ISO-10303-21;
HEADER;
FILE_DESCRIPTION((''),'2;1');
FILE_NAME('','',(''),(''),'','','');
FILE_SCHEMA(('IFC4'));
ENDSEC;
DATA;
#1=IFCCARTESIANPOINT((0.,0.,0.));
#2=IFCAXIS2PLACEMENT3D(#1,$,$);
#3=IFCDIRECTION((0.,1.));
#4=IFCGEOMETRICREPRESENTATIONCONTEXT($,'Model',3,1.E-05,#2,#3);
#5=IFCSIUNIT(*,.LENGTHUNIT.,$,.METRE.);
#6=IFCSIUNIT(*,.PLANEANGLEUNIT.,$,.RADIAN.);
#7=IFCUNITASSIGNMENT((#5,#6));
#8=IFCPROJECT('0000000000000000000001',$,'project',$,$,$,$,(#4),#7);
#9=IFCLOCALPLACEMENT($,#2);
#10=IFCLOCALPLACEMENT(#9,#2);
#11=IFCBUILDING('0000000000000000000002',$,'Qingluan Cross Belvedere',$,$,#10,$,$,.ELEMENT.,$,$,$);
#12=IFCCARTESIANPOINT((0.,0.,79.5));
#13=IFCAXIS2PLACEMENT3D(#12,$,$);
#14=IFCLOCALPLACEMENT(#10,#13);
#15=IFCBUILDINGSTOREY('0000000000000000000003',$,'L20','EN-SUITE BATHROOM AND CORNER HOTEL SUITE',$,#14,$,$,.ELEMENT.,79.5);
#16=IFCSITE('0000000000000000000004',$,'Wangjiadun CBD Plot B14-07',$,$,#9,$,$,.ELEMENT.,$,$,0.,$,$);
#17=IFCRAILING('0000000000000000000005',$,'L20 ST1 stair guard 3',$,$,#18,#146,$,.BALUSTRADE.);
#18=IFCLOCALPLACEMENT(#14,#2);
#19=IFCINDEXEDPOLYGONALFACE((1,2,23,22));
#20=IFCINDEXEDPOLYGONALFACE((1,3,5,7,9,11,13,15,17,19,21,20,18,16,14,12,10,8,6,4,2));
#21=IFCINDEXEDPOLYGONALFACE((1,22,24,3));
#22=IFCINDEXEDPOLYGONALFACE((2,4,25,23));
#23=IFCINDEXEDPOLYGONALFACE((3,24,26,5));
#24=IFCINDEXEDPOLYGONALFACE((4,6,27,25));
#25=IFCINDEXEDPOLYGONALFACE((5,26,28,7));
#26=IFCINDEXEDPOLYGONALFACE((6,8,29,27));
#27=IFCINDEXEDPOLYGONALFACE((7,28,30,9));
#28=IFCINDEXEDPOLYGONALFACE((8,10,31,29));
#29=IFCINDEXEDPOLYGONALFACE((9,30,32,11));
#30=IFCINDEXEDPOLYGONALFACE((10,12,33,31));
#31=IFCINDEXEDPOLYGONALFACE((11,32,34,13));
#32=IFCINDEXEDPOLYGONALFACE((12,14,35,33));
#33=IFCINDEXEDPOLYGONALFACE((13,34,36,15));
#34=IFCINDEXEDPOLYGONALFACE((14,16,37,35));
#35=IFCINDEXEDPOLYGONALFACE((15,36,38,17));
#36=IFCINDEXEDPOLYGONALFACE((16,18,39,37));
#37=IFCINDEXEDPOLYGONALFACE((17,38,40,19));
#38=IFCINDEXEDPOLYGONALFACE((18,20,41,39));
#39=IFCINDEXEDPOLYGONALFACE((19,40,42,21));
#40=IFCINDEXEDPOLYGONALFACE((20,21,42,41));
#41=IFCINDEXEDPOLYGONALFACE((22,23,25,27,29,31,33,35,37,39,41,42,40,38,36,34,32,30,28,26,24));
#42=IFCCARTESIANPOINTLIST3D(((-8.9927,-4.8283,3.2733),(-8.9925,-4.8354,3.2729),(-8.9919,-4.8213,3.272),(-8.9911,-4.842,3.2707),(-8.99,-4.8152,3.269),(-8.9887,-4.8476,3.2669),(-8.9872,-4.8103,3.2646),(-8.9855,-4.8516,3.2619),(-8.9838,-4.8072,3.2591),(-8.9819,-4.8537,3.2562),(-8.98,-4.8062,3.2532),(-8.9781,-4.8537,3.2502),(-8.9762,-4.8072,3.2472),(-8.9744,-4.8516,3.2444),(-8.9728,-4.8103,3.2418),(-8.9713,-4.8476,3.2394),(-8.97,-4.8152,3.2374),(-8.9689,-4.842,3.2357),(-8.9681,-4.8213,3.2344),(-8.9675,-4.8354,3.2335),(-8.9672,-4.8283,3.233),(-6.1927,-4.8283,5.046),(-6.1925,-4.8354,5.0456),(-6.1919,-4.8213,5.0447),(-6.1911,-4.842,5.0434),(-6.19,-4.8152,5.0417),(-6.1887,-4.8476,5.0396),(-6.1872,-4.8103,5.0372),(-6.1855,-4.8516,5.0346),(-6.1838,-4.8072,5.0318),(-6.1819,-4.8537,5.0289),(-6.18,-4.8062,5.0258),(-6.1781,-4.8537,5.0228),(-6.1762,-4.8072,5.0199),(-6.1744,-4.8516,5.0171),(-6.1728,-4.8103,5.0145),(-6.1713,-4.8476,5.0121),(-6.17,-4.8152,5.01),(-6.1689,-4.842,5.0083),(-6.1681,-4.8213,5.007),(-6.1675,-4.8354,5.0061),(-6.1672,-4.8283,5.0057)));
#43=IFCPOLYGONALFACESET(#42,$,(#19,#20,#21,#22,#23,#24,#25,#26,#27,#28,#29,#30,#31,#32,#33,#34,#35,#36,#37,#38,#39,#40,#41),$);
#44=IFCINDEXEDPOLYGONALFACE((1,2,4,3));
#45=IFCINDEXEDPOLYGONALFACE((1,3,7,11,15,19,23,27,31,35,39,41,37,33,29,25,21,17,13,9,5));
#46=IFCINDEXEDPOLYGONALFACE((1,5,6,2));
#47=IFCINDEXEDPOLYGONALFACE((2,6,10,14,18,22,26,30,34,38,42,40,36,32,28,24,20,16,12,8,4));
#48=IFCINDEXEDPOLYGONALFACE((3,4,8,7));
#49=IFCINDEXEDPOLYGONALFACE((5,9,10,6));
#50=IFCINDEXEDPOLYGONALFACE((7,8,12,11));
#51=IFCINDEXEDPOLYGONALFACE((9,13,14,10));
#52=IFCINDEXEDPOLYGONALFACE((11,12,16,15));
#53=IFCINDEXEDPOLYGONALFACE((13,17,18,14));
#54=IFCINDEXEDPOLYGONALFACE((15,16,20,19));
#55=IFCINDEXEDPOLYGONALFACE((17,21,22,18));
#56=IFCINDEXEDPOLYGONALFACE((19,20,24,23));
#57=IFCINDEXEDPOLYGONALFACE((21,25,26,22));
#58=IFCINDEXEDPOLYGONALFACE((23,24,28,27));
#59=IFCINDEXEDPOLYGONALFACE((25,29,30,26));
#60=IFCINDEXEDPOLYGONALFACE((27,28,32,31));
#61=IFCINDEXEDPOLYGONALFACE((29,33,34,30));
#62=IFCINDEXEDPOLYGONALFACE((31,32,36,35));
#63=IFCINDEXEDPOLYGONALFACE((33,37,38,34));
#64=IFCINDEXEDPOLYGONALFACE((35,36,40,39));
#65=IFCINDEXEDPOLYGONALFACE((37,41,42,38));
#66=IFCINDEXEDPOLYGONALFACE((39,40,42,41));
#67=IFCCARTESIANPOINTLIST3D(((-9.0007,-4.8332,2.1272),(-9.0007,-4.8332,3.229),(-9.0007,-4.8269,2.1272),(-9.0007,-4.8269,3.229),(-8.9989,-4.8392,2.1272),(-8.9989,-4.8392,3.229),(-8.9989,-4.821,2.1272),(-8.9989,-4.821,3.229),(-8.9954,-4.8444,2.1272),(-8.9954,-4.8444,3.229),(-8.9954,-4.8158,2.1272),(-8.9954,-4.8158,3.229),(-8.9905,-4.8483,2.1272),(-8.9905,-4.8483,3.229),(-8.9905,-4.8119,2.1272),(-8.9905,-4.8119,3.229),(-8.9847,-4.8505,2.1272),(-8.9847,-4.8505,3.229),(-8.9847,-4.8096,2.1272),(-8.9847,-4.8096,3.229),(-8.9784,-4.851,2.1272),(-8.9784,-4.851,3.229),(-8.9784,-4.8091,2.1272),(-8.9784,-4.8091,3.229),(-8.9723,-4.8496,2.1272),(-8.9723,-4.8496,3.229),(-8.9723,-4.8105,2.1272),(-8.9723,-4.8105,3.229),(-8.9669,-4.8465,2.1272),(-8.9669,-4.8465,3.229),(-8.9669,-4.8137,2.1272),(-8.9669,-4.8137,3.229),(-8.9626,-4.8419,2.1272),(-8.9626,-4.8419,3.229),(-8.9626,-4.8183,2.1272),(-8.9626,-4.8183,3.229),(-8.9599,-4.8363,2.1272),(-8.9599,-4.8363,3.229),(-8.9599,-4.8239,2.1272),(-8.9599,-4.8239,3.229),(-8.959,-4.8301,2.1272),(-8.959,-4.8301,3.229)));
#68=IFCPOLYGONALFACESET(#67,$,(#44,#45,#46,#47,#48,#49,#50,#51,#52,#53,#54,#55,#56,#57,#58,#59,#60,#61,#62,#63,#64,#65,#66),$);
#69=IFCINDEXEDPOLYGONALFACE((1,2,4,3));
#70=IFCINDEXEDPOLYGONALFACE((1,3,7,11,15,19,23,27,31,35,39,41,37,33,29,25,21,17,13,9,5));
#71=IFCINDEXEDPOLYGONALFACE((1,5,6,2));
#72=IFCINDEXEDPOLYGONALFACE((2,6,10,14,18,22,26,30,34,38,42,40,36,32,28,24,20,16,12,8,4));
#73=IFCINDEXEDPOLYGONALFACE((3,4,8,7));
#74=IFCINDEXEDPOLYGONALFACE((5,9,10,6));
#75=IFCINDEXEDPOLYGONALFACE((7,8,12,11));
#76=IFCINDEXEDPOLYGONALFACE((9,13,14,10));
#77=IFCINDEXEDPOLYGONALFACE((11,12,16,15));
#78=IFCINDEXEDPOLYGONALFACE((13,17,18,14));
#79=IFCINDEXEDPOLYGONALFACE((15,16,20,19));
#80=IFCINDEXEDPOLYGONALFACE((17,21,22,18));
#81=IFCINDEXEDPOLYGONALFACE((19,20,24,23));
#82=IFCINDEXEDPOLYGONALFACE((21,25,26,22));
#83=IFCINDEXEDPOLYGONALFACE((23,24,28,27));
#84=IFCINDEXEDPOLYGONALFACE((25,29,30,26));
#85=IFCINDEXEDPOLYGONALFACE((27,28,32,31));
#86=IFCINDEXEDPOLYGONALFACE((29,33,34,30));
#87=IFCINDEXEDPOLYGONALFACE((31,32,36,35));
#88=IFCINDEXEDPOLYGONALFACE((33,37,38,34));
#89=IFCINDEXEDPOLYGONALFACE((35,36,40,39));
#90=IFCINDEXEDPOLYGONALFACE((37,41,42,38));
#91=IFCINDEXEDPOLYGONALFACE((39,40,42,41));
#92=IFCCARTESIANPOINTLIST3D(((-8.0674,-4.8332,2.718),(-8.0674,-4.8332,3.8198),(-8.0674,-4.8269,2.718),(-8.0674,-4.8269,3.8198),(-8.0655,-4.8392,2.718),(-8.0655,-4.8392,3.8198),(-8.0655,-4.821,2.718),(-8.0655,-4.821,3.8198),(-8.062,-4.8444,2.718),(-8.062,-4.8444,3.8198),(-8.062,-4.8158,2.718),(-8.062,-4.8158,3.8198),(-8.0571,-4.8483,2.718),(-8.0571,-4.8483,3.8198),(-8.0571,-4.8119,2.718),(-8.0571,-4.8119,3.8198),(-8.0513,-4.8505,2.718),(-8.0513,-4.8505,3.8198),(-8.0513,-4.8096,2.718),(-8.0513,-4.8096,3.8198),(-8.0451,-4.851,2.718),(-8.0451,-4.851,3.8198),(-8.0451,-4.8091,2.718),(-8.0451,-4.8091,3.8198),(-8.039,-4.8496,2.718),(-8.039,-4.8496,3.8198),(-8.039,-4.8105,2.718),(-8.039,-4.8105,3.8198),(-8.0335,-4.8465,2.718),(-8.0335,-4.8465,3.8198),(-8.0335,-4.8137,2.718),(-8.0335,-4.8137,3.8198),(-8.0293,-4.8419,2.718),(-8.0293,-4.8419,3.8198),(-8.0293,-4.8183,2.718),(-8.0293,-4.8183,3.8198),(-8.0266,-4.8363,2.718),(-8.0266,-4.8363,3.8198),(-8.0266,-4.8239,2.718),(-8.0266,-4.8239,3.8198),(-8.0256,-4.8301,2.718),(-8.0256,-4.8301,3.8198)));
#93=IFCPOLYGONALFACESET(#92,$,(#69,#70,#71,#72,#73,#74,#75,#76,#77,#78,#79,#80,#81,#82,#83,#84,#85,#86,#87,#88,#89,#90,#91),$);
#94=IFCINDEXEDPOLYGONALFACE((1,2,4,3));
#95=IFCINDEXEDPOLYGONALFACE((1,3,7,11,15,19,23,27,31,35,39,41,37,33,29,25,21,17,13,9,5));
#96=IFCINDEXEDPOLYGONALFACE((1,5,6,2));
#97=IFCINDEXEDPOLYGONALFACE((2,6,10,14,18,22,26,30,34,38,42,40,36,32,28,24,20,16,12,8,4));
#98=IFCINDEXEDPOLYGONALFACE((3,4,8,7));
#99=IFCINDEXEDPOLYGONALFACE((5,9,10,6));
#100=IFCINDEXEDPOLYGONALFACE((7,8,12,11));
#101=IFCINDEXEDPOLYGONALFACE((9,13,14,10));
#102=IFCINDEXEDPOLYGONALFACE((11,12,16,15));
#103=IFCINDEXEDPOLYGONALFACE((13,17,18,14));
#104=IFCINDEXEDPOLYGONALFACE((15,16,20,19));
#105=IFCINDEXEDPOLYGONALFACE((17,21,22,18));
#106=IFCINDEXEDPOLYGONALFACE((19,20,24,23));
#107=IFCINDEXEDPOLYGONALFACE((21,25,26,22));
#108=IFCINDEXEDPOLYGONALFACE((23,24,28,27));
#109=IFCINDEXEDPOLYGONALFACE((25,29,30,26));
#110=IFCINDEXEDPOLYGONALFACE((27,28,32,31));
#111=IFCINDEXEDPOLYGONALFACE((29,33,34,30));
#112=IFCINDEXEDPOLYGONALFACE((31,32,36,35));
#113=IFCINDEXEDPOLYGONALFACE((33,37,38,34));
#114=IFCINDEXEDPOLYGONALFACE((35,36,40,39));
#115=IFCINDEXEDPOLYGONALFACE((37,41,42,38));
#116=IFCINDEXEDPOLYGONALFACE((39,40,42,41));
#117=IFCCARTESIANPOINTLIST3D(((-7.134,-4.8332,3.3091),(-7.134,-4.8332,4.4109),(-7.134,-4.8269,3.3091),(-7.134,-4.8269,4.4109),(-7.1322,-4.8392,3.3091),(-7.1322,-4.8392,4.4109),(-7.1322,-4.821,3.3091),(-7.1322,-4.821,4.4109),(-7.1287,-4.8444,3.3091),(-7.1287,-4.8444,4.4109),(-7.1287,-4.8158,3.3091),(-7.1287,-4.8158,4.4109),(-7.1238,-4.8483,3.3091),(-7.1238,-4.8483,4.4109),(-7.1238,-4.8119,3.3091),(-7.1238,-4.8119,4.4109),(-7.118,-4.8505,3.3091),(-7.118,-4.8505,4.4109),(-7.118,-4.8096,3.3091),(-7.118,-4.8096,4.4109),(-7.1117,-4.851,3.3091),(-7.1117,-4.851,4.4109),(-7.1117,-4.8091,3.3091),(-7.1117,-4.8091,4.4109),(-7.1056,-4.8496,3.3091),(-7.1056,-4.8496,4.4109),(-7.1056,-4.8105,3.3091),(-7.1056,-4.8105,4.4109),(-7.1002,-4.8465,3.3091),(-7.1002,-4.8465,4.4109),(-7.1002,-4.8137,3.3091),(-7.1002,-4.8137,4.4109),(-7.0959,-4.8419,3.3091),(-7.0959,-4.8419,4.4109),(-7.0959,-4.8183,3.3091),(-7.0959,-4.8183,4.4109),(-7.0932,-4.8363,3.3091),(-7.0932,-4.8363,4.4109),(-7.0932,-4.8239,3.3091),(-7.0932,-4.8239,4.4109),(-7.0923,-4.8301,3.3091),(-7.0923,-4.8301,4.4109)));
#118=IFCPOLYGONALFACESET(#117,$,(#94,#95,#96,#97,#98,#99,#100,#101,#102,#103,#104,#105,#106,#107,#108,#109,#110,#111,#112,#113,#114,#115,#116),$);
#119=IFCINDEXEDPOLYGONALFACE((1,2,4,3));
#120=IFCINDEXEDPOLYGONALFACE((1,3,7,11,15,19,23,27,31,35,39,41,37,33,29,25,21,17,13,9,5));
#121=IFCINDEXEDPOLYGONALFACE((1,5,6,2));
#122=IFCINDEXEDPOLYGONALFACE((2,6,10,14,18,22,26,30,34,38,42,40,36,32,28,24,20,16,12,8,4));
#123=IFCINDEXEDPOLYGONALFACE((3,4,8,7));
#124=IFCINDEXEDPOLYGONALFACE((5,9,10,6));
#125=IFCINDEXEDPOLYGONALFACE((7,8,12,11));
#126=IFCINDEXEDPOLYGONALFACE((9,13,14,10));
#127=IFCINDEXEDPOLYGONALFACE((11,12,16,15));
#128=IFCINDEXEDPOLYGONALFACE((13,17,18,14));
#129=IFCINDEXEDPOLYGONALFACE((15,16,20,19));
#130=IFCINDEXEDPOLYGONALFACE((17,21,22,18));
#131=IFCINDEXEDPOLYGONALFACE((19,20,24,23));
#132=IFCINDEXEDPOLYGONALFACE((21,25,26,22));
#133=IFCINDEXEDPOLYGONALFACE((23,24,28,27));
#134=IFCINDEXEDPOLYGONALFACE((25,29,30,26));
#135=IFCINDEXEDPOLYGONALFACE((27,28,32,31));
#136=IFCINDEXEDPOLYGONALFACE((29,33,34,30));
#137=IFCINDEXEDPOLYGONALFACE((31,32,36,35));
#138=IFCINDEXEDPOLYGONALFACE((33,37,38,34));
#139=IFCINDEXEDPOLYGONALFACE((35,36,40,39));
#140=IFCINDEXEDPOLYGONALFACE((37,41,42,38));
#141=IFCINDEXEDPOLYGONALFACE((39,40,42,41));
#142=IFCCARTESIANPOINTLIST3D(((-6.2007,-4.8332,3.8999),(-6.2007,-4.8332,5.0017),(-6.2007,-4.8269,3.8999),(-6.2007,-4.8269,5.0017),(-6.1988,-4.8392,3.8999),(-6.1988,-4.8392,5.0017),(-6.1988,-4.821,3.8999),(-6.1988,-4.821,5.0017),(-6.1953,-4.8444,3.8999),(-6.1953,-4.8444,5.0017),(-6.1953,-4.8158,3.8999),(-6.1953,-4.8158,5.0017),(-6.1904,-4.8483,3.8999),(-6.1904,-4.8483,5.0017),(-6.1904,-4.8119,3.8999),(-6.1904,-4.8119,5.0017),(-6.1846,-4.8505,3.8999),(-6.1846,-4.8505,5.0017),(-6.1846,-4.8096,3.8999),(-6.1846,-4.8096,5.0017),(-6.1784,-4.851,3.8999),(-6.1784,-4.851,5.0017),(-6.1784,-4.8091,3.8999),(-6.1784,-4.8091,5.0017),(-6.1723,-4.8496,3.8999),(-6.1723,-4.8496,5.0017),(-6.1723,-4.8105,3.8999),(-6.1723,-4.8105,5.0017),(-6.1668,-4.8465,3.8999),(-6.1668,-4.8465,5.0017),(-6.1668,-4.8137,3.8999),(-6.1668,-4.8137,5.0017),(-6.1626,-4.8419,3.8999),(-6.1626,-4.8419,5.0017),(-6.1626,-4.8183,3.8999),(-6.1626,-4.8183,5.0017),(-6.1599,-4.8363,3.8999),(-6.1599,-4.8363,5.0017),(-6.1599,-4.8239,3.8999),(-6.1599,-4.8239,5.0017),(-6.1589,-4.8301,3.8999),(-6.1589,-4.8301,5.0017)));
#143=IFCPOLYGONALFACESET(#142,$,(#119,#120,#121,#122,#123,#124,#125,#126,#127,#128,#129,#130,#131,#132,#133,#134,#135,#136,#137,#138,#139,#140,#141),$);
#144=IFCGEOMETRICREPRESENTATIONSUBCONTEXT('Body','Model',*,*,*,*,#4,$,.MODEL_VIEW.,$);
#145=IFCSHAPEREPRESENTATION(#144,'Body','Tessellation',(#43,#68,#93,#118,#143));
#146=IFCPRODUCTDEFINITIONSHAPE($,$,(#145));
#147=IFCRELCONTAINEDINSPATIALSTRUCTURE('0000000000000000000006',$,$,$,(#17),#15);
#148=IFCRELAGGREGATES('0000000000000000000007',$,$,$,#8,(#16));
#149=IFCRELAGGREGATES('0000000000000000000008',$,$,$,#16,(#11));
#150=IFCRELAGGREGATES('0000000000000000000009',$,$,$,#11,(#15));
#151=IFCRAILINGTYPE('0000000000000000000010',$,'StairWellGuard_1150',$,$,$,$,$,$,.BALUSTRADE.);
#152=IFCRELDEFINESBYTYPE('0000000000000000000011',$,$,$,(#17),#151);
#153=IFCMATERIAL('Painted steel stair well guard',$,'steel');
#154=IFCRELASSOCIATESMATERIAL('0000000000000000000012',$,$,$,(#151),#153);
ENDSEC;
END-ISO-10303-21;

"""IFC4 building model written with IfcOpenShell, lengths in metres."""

from ifc_helpers import new_model, si_unit, direction, frame, origin, origin_2d, place, context, subcontext, project, spatial, circle, extrude, material, type_object, element, save


model = new_model("IFC4")

# Units and contexts
model_context = context("Model", 3, precision=1e-05, world=origin(), true_north=direction((0.0, 1.0)))
body_context = subcontext(model_context, "Body", "Model", "MODEL_VIEW")
ifc_project = project(units=[si_unit("LENGTHUNIT", "METRE"), si_unit("PLANEANGLEUNIT", "RADIAN")], contexts=[model_context])

# Site, building, storey
site_placement = place(None, origin())
site = spatial("IfcSite", under=ifc_project, at=site_placement, Name="Wangjiadun CBD Plot B14-07", CompositionType="ELEMENT", RefElevation=0.0)
building_placement = place(site_placement, origin())
building = spatial("IfcBuilding", under=site, at=building_placement, Name="Qingluan Cross Belvedere", CompositionType="ELEMENT")
storey_placement = place(building_placement, frame((0.0, 0.0, 79.5)))
storey = spatial("IfcBuildingStorey", under=building, at=storey_placement, Name="L20", Description="EN-SUITE BATHROOM AND CORNER HOTEL SUITE", CompositionType="ELEMENT", Elevation=79.5)

# Railing
ifc_material_1 = material(Name="Painted steel stair well guard", Category="steel")
railing_type_1 = type_object("IfcRailingType", Name="StairWellGuard_1150", PredefinedType="BALUSTRADE", material=ifc_material_1)
railing_1_placement = place(storey_placement, frame((-8.98, -4.8301, 2.1272)))
element("IfcRailing", 1, at=railing_1_placement, inside=storey, type_object=railing_type_1, Name="L20 ST1 stair guard 3", PredefinedType="BALUSTRADE", context=body_context, shape_type="SweptSolid", body=[
    extrude(circle(Radius=0.0239, at=origin_2d()), frame((0.0, 0.0, 1.126), z_axis=(0.844909, 0.0, 0.53491), x_axis=(0.0, 1.0, 0.0)), (0.0, 0.0, 1.0), 3.314),
    extrude(circle(Radius=0.021, at=origin_2d()), origin(), (0.0, 0.0, 1.0), 1.1018),
    extrude(circle(Radius=0.021, at=origin_2d()), frame((0.9333, 0.0, 0.5908)), (0.0, 0.0, 1.0), 1.1018),
    extrude(circle(Radius=0.021, at=origin_2d()), frame((1.8667, 0.0, 1.1819)), (0.0, 0.0, 1.0), 1.1018),
    extrude(circle(Radius=0.021, at=origin_2d()), frame((2.8, 0.0, 1.7727)), (0.0, 0.0, 1.0), 1.1018),
])

save(model, "model.ifc")
